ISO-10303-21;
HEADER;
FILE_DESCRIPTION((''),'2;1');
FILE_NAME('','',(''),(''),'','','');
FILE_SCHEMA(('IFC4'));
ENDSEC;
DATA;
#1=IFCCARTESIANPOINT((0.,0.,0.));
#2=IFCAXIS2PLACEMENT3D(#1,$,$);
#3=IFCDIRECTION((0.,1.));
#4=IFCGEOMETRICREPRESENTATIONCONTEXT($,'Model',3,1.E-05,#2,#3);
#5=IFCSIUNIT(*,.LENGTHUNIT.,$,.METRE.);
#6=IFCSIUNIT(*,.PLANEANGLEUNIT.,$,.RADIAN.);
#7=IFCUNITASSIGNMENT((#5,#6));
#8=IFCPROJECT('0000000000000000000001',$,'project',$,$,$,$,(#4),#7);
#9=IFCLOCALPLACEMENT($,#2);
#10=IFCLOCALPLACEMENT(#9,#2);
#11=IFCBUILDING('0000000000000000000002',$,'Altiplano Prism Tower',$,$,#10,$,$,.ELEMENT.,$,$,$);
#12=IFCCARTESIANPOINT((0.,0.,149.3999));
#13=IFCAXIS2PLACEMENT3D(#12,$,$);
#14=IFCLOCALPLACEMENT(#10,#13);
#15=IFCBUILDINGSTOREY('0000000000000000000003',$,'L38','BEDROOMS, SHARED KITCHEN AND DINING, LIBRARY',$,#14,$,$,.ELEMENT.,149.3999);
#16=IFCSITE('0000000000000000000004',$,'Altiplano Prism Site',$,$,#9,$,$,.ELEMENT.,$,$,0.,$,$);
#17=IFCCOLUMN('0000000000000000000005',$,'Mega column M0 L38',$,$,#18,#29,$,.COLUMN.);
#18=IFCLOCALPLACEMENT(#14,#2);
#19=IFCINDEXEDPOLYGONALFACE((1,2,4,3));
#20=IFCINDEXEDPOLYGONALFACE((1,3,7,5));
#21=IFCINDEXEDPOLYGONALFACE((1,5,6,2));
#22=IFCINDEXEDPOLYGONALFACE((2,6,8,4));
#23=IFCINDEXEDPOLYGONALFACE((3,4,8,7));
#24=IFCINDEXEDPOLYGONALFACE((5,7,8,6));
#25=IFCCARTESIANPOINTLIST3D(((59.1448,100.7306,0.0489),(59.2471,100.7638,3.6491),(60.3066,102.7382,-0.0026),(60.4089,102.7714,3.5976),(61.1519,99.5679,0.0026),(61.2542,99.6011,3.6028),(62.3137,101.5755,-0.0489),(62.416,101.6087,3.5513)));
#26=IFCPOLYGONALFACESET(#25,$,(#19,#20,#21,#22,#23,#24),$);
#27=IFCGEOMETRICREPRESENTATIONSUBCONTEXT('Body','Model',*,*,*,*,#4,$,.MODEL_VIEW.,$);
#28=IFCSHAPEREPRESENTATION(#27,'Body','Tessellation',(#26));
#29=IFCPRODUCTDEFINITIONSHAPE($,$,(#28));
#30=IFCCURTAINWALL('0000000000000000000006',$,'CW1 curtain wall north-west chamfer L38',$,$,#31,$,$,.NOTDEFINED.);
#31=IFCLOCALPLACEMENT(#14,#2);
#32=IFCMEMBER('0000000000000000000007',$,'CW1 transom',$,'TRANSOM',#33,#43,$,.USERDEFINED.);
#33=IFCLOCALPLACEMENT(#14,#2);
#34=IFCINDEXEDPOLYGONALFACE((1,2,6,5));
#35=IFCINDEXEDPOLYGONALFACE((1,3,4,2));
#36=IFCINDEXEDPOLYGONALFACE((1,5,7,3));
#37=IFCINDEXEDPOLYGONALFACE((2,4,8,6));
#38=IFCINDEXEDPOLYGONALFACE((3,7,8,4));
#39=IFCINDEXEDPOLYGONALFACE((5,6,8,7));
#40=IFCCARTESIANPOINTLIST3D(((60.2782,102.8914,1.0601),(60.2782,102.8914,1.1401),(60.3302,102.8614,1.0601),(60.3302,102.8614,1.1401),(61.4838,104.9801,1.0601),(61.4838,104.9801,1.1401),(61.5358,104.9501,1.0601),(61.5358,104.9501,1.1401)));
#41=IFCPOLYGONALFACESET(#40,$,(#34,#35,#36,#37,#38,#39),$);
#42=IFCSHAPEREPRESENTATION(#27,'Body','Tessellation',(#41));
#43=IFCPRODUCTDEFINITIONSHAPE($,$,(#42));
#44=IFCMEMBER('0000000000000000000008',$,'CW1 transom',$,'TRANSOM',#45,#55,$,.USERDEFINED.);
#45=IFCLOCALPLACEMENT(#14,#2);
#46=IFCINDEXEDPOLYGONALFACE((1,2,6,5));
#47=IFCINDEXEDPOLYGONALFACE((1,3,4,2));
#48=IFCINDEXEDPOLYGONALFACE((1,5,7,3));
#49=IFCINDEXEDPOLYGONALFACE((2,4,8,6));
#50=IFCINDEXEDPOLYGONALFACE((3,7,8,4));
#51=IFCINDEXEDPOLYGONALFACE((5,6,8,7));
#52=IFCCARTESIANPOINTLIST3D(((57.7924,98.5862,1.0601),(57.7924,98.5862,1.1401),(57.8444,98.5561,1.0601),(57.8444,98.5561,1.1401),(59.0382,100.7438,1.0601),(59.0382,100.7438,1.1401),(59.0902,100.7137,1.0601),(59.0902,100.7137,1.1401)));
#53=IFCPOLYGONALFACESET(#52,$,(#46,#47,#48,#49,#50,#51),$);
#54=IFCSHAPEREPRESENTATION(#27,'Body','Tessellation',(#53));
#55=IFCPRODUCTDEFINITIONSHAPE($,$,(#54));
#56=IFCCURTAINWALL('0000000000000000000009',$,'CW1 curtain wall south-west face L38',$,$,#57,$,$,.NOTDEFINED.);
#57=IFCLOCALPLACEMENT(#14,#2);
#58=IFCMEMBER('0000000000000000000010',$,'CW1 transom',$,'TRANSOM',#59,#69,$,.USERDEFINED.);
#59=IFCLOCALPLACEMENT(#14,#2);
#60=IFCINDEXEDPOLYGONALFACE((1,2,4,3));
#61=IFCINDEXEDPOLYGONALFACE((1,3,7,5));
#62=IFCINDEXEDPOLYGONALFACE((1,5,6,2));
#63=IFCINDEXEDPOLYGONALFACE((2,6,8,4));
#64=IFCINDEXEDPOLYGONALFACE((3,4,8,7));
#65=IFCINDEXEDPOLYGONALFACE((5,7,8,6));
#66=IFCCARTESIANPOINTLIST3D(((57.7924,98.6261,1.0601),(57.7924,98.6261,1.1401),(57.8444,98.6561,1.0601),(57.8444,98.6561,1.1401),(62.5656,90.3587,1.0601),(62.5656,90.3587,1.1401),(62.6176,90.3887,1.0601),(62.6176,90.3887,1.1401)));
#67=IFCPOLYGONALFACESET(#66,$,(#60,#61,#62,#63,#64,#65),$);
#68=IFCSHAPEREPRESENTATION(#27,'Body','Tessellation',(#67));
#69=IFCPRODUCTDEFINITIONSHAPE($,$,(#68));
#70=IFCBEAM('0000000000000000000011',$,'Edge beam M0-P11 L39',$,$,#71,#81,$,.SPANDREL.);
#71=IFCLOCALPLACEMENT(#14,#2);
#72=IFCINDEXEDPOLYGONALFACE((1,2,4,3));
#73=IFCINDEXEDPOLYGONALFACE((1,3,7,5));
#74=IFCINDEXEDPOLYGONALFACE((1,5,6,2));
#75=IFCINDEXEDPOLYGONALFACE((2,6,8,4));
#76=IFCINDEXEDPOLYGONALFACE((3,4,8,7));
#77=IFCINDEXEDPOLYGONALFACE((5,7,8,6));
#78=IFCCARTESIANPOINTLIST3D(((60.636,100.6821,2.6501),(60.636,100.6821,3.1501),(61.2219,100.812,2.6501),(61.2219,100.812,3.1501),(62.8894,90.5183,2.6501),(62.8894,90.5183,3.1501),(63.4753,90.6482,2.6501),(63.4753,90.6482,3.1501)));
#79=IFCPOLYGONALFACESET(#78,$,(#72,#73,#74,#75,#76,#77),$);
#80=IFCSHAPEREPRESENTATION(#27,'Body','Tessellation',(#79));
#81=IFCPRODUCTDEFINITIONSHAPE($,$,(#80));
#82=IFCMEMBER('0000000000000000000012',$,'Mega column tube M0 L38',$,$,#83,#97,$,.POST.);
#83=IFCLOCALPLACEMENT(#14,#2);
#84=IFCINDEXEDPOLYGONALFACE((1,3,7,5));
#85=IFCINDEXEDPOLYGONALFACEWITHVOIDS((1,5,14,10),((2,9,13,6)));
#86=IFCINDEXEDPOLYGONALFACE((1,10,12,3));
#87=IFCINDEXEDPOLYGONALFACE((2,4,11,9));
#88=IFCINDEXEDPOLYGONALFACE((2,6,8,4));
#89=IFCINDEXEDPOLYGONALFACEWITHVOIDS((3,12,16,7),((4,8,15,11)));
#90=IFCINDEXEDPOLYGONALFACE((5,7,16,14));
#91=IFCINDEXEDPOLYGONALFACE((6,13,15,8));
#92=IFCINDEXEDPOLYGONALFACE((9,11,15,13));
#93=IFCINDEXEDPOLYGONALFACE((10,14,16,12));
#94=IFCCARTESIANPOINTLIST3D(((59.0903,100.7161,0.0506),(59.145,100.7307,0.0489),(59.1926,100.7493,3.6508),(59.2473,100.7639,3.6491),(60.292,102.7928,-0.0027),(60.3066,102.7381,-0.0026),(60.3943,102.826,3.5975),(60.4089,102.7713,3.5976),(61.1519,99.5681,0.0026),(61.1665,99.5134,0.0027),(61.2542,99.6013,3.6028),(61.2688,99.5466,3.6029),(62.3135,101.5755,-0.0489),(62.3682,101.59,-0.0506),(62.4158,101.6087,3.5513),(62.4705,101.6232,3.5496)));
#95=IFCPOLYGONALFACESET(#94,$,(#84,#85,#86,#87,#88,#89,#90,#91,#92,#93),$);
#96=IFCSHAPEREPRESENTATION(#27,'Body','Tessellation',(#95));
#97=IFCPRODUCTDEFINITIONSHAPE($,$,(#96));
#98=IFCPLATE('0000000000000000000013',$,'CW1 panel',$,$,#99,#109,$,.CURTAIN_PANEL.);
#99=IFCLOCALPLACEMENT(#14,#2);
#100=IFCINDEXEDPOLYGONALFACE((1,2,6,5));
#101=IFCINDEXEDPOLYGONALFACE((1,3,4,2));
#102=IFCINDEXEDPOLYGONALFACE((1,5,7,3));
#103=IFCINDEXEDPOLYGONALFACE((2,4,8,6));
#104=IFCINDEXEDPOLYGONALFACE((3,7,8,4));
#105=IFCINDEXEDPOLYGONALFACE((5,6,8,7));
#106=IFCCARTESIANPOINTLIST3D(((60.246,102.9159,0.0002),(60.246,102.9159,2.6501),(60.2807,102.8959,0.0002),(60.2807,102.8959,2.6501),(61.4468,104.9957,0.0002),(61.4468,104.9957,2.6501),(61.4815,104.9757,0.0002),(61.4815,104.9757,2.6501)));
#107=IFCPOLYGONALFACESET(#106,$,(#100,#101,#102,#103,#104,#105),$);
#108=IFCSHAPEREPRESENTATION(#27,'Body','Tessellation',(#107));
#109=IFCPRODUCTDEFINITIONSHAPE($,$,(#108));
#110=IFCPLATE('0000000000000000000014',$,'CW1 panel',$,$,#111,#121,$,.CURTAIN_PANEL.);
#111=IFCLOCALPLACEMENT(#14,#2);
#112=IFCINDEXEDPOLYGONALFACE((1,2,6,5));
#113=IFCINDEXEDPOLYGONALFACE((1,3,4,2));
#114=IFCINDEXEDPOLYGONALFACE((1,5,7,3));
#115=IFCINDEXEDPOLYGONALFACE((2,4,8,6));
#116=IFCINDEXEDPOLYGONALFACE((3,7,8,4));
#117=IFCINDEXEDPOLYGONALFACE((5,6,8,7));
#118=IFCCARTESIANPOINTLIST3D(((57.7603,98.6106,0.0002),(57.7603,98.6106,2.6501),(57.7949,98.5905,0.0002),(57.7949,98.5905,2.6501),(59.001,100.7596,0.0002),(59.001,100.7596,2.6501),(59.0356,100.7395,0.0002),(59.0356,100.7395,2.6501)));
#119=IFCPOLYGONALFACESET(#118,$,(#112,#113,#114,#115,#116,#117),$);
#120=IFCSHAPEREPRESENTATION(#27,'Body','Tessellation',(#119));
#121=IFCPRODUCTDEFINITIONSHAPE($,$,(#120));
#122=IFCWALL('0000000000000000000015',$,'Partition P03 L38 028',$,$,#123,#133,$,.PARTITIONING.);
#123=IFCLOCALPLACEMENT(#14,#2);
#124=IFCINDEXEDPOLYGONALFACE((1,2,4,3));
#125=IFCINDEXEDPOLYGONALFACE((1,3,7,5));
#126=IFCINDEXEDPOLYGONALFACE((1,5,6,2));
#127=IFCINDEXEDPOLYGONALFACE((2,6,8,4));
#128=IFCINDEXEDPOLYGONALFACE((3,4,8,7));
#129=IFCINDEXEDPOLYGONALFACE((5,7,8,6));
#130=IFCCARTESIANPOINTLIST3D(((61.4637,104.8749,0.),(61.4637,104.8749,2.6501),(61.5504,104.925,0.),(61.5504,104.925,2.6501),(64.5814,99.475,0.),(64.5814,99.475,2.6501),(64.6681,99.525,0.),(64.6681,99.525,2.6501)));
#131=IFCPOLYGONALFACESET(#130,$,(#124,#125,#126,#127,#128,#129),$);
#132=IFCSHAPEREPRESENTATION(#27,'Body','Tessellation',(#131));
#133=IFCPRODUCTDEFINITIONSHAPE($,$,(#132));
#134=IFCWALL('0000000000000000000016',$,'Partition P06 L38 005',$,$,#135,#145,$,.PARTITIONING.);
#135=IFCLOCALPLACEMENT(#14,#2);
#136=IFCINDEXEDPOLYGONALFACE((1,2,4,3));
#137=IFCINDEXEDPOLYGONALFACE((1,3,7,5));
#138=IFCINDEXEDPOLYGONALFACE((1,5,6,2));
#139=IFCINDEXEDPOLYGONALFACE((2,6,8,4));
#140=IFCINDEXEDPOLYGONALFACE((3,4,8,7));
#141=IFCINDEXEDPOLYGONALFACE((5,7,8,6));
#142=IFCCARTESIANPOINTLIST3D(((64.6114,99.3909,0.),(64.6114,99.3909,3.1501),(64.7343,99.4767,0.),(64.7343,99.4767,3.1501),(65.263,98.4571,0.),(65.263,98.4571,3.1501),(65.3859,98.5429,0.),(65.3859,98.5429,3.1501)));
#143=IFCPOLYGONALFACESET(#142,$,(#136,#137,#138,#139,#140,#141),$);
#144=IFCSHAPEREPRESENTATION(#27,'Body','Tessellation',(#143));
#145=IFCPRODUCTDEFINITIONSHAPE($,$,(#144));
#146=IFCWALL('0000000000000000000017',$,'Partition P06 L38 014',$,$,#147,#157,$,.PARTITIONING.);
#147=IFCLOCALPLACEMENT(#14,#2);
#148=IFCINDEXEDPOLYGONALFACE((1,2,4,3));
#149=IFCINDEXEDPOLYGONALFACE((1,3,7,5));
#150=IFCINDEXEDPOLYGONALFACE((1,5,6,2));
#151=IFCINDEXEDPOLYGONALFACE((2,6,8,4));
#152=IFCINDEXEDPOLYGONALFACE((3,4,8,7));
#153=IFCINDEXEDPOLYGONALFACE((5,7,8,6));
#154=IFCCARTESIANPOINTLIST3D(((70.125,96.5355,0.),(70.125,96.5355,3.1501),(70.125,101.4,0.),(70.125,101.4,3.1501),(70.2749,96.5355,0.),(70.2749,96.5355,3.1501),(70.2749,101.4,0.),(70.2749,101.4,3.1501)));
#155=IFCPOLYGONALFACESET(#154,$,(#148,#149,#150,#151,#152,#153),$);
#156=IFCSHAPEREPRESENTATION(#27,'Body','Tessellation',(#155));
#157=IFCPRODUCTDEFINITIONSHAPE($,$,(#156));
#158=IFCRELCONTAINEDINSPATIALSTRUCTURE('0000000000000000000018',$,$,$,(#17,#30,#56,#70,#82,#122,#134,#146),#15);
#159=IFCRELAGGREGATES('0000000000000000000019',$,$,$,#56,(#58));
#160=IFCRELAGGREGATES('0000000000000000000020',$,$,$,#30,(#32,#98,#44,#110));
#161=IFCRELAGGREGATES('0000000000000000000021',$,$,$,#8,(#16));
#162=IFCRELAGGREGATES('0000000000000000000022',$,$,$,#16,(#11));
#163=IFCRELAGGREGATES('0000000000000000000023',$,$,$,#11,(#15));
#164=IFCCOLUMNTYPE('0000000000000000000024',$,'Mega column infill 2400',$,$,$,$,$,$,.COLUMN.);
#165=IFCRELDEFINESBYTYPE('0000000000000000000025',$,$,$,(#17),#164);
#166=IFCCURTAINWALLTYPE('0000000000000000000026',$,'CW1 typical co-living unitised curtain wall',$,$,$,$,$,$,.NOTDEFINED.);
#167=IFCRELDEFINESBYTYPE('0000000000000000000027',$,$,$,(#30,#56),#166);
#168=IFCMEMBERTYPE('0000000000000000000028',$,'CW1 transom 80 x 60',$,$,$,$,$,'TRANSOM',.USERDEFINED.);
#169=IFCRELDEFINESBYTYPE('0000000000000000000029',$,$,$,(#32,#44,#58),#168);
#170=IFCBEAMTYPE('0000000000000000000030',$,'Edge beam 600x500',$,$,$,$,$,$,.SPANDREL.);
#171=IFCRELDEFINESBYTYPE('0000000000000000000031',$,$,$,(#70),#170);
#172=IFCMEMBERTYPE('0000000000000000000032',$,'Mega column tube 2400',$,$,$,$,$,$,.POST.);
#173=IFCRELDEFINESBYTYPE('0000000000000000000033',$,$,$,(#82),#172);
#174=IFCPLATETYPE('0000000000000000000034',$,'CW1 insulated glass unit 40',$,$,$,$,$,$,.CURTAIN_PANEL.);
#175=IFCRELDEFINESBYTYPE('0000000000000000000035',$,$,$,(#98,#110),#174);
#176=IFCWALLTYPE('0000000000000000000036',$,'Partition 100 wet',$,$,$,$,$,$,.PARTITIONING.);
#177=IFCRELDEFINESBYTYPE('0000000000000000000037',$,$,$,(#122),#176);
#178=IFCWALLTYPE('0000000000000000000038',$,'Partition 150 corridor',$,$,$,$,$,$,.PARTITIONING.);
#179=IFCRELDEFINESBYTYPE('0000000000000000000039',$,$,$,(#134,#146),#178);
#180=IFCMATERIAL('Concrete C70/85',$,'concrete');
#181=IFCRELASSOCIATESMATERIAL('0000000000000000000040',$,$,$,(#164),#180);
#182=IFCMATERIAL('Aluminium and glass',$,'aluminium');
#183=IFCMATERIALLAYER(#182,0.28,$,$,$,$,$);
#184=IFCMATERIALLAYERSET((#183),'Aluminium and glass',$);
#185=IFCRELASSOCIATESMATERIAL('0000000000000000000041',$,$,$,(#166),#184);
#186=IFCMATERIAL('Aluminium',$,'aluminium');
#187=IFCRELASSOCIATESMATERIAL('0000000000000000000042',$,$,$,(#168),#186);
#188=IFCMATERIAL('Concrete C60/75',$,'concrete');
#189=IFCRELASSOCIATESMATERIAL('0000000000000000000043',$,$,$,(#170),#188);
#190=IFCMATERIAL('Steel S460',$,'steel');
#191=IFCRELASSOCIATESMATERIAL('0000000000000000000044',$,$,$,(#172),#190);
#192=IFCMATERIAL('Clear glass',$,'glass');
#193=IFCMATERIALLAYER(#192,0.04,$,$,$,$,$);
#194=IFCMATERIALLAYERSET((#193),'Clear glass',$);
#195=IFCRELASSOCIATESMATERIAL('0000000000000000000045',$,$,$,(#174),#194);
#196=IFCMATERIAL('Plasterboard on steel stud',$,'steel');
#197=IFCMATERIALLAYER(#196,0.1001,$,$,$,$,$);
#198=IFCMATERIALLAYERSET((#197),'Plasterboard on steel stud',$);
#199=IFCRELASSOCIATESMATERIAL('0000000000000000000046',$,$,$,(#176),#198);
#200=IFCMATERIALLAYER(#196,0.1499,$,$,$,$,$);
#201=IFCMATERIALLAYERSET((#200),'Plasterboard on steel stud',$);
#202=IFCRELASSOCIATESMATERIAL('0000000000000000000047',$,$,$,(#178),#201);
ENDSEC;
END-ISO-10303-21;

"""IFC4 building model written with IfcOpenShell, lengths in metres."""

from ifc_helpers import new_model, si_unit, direction, frame, frame_2d, origin, origin_2d, place, context, subcontext, project, spatial, rectangle, hollow_rectangle, extrude, material, layer, layer_set, material_profile, profile_set, type_object, element, aggregate, save


model = new_model("IFC4")

# Units and contexts
model_context = context("Model", 3, precision=1e-05, world=origin(), true_north=direction((0.0, 1.0)))
body_context = subcontext(model_context, "Body", "Model", "MODEL_VIEW")
ifc_project = project(units=[si_unit("LENGTHUNIT", "METRE"), si_unit("PLANEANGLEUNIT", "RADIAN")], contexts=[model_context])

# Site, building, storey
site_placement = place(None, origin())
site = spatial("IfcSite", under=ifc_project, at=site_placement, Name="Altiplano Prism Site", CompositionType="ELEMENT", RefElevation=0.0)
building_placement = place(site_placement, origin())
building = spatial("IfcBuilding", under=site, at=building_placement, Name="Altiplano Prism Tower", CompositionType="ELEMENT")
storey_placement = place(building_placement, frame((0.0, 0.0, 149.3999)))
storey = spatial("IfcBuildingStorey", under=building, at=storey_placement, Name="L38", Description="BEDROOMS, SHARED KITCHEN AND DINING, LIBRARY", CompositionType="ELEMENT", Elevation=149.3999)

# Column
ifc_material_1 = material(Name="Concrete C70/85", Category="concrete")
ifc_material_profile_1 = material_profile(ifc_material_1, rectangle(XDim=2.3201, YDim=2.3201, at=origin_2d()), Name="Mega column infill 2400")
ifc_profile_set_1 = profile_set([ifc_material_profile_1], Name="Concrete C70/85")
column_type = type_object("IfcColumnType", Name="Mega column infill 2400", PredefinedType="COLUMN", material=ifc_profile_set_1)
column_placement = place(storey_placement, frame((60.7292, 101.1531, 0.0), z_axis=(0.028402, 0.009219, 0.999554), x_axis=(-0.865127, 0.501155, 0.01996)))
element("IfcColumn", 1, at=column_placement, inside=storey, type_object=column_type, Name="Mega column M0 L38", PredefinedType="COLUMN", context=body_context, shape_type="SweptSolid", body=[
    extrude(rectangle(XDim=2.3201, YDim=2.3201, at=origin_2d()), origin(), (0.0, 0.0, 1.0), 3.6018),
])

# Curtain wall, members
ifc_material_2 = material(Name="Aluminium and glass", Category="aluminium")
ifc_layer_1 = layer(ifc_material_2, 0.28)
ifc_layer_set_1 = layer_set([ifc_layer_1], Name="Aluminium and glass")
curtain_wall_type = type_object("IfcCurtainWallType", Name="CW1 typical co-living unitised curtain wall", PredefinedType="NOTDEFINED", material=ifc_layer_set_1)
curtain_wall_1_placement = place(storey_placement, origin())
curtain_wall_1 = element("IfcCurtainWall", 2, at=curtain_wall_1_placement, inside=storey, type_object=curtain_wall_type, Name="CW1 curtain wall north-west chamfer L38", PredefinedType="NOTDEFINED")
ifc_material_3 = material(Name="Aluminium", Category="aluminium")
ifc_material_profile_2 = material_profile(ifc_material_3, rectangle(XDim=0.0601, YDim=0.0801, at=origin_2d()), Name="CW1 transom 80 x 60")
ifc_profile_set_2 = profile_set([ifc_material_profile_2], Name="Aluminium")
member_type_1 = type_object("IfcMemberType", Name="CW1 transom 80 x 60", ElementType="TRANSOM", PredefinedType="USERDEFINED", material=ifc_profile_set_2)
member_1_placement = place(storey_placement, frame((61.5098, 104.9651, 1.1001), z_axis=(-0.499906, -0.866079, 0.0), x_axis=(0.866079, -0.499906, 0.0)))
member_1 = element("IfcMember", 3, at=member_1_placement, type_object=member_type_1, Name="CW1 transom", ObjectType="TRANSOM", PredefinedType="USERDEFINED", context=body_context, shape_type="SweptSolid", body=[
    extrude(rectangle(XDim=0.0601, YDim=0.0801, at=origin_2d()), origin(), (0.0, 0.0, 1.0), 2.4116),
])
member_2_placement = place(storey_placement, frame((59.0642, 100.7288, 1.1001), z_axis=(-0.500028, -0.866009, 0.0), x_axis=(0.866009, -0.500028, 0.0)))
member_2 = element("IfcMember", 4, at=member_2_placement, type_object=member_type_1, Name="CW1 transom", ObjectType="TRANSOM", PredefinedType="USERDEFINED", context=body_context, shape_type="SweptSolid", body=[
    extrude(rectangle(XDim=0.0601, YDim=0.0801, at=origin_2d()), origin(), (0.0, 0.0, 1.0), 2.4915),
])

# Curtain wall, member
curtain_wall_2_placement = place(storey_placement, origin())
curtain_wall_2 = element("IfcCurtainWall", 5, at=curtain_wall_2_placement, inside=storey, type_object=curtain_wall_type, Name="CW1 curtain wall south-west face L38", PredefinedType="NOTDEFINED")
member_3_placement = place(storey_placement, frame((57.8184, 98.6411, 1.1001), z_axis=(0.500004, -0.866023, 0.0), x_axis=(0.866023, 0.500004, 0.0)))
member_3 = element("IfcMember", 6, at=member_3_placement, type_object=member_type_1, Name="CW1 transom", ObjectType="TRANSOM", PredefinedType="USERDEFINED", context=body_context, shape_type="SweptSolid", body=[
    extrude(rectangle(XDim=0.0601, YDim=0.0801, at=origin_2d()), origin(), (0.0, 0.0, 1.0), 9.5464),
])
aggregate(curtain_wall_2, [member_3])

# Beam
ifc_material_4 = material(Name="Concrete C60/75", Category="concrete")
ifc_material_profile_3 = material_profile(ifc_material_4, rectangle(XDim=0.6001, YDim=0.5, at=origin_2d()), Name="Edge beam 600x500")
ifc_profile_set_3 = profile_set([ifc_material_profile_3], Name="Concrete C60/75")
beam_type = type_object("IfcBeamType", Name="Edge beam 600x500", PredefinedType="SPANDREL", material=ifc_profile_set_3)
beam_placement = place(storey_placement, frame((60.929, 100.7471, 2.9001), z_axis=(0.216454, -0.976293, 0.0), x_axis=(0.976293, 0.216454, 0.0)))
element("IfcBeam", 7, at=beam_placement, inside=storey, type_object=beam_type, Name="Edge beam M0-P11 L39", PredefinedType="SPANDREL", context=body_context, shape_type="SweptSolid", body=[
    extrude(rectangle(XDim=0.6001, YDim=0.5, at=origin_2d()), origin(), (0.0, 0.0, 1.0), 10.4106),
])

# Member
ifc_material_5 = material(Name="Steel S460", Category="steel")
ifc_material_profile_4 = material_profile(ifc_material_5, hollow_rectangle(XDim=2.3999, YDim=2.3999, WallThickness=0.04, at=origin_2d()), Name="Mega column tube 2400")
ifc_profile_set_4 = profile_set([ifc_material_profile_4], Name="Steel S460")
member_type_2 = type_object("IfcMemberType", Name="Mega column tube 2400", PredefinedType="POST", material=ifc_profile_set_4)
member_4_placement = place(storey_placement, frame((60.7292, 101.1531, 0.0), z_axis=(0.028402, 0.009219, 0.999554), x_axis=(-0.865127, 0.501155, 0.01996)))
element("IfcMember", 8, at=member_4_placement, inside=storey, type_object=member_type_2, Name="Mega column tube M0 L38", PredefinedType="POST", context=body_context, shape_type="SweptSolid", body=[
    extrude(hollow_rectangle(XDim=2.3999, YDim=2.3999, WallThickness=0.04, at=origin_2d()), origin(), (0.0, 0.0, 1.0), 3.6018),
])

# Plates
ifc_material_6 = material(Name="Clear glass", Category="glass")
ifc_layer_2 = layer(ifc_material_6, 0.04)
ifc_layer_set_2 = layer_set([ifc_layer_2], Name="Clear glass")
plate_type = type_object("IfcPlateType", Name="CW1 insulated glass unit 40", PredefinedType="CURTAIN_PANEL", material=ifc_layer_set_2)
plate_1_placement = place(storey_placement, frame((60.8638, 103.9458, 0.0002), z_axis=(0.0, 0.0, 1.0), x_axis=(-0.5, -0.866025, 0.0)))
plate_1 = element("IfcPlate", 9, at=plate_1_placement, type_object=plate_type, Name="CW1 panel", PredefinedType="CURTAIN_PANEL", context=body_context, shape_type="SweptSolid", body=[
    extrude(rectangle(XDim=2.4016, YDim=0.04, at=origin_2d()), origin(), (0.0, 0.0, 1.0), 2.6499),
])
plate_2_placement = place(storey_placement, frame((58.3979, 99.675, 0.0002), z_axis=(0.0, 0.0, 1.0), x_axis=(-0.5, -0.866025, 0.0)))
plate_2 = element("IfcPlate", 10, at=plate_2_placement, type_object=plate_type, Name="CW1 panel", PredefinedType="CURTAIN_PANEL", context=body_context, shape_type="SweptSolid", body=[
    extrude(rectangle(XDim=2.4814, YDim=0.04, at=origin_2d()), origin(), (0.0, 0.0, 1.0), 2.6499),
])
aggregate(curtain_wall_1, [member_1, plate_1, member_2, plate_2])

# Walls
ifc_material_7 = material(Name="Plasterboard on steel stud", Category="steel")
ifc_layer_3 = layer(ifc_material_7, 0.1001)
ifc_layer_set_3 = layer_set([ifc_layer_3], Name="Plasterboard on steel stud")
wall_type_1 = type_object("IfcWallType", Name="Partition 100 wet", PredefinedType="PARTITIONING", material=ifc_layer_set_3)
wall_1_placement = place(storey_placement, frame((64.6248, 99.5, 0.0), z_axis=(0.0, 0.0, 1.0), x_axis=(-0.500005, 0.866023, 0.0)))
element("IfcWall", 11, at=wall_1_placement, inside=storey, type_object=wall_type_1, Name="Partition P03 L38 028", PredefinedType="PARTITIONING", context=body_context, shape_type="SweptSolid", body=[
    extrude(rectangle(XDim=6.2354, YDim=0.1001, at=frame_2d((3.1177, 0.0))), origin(), (0.0, 0.0, 1.0), 2.6501),
])
ifc_layer_4 = layer(ifc_material_7, 0.1499)
ifc_layer_set_4 = layer_set([ifc_layer_4], Name="Plasterboard on steel stud")
wall_type_2 = type_object("IfcWallType", Name="Partition 150 corridor", PredefinedType="PARTITIONING", material=ifc_layer_set_4)
wall_2_placement = place(storey_placement, frame((64.6729, 99.4338, 0.0), z_axis=(0.0, 0.0, 1.0), x_axis=(0.572239, -0.820087, 0.0)))
element("IfcWall", 12, at=wall_2_placement, inside=storey, type_object=wall_type_2, Name="Partition P06 L38 005", PredefinedType="PARTITIONING", context=body_context, shape_type="SweptSolid", body=[
    extrude(rectangle(XDim=1.1387, YDim=0.1499, at=frame_2d((0.5693, 0.0))), origin(), (0.0, 0.0, 1.0), 3.1501),
])

# Wall
wall_3_placement = place(storey_placement, frame((70.2, 101.3999, 0.0), z_axis=(0.0, 0.0, 1.0), x_axis=(0.0, -1.0, 0.0)))
element("IfcWall", 13, at=wall_3_placement, inside=storey, type_object=wall_type_2, Name="Partition P06 L38 014", PredefinedType="PARTITIONING", context=body_context, shape_type="SweptSolid", body=[
    extrude(rectangle(XDim=4.8645, YDim=0.1499, at=frame_2d((2.4321, 0.0))), origin(), (0.0, 0.0, 1.0), 3.1501),
])

save(model, "model.ifc")
